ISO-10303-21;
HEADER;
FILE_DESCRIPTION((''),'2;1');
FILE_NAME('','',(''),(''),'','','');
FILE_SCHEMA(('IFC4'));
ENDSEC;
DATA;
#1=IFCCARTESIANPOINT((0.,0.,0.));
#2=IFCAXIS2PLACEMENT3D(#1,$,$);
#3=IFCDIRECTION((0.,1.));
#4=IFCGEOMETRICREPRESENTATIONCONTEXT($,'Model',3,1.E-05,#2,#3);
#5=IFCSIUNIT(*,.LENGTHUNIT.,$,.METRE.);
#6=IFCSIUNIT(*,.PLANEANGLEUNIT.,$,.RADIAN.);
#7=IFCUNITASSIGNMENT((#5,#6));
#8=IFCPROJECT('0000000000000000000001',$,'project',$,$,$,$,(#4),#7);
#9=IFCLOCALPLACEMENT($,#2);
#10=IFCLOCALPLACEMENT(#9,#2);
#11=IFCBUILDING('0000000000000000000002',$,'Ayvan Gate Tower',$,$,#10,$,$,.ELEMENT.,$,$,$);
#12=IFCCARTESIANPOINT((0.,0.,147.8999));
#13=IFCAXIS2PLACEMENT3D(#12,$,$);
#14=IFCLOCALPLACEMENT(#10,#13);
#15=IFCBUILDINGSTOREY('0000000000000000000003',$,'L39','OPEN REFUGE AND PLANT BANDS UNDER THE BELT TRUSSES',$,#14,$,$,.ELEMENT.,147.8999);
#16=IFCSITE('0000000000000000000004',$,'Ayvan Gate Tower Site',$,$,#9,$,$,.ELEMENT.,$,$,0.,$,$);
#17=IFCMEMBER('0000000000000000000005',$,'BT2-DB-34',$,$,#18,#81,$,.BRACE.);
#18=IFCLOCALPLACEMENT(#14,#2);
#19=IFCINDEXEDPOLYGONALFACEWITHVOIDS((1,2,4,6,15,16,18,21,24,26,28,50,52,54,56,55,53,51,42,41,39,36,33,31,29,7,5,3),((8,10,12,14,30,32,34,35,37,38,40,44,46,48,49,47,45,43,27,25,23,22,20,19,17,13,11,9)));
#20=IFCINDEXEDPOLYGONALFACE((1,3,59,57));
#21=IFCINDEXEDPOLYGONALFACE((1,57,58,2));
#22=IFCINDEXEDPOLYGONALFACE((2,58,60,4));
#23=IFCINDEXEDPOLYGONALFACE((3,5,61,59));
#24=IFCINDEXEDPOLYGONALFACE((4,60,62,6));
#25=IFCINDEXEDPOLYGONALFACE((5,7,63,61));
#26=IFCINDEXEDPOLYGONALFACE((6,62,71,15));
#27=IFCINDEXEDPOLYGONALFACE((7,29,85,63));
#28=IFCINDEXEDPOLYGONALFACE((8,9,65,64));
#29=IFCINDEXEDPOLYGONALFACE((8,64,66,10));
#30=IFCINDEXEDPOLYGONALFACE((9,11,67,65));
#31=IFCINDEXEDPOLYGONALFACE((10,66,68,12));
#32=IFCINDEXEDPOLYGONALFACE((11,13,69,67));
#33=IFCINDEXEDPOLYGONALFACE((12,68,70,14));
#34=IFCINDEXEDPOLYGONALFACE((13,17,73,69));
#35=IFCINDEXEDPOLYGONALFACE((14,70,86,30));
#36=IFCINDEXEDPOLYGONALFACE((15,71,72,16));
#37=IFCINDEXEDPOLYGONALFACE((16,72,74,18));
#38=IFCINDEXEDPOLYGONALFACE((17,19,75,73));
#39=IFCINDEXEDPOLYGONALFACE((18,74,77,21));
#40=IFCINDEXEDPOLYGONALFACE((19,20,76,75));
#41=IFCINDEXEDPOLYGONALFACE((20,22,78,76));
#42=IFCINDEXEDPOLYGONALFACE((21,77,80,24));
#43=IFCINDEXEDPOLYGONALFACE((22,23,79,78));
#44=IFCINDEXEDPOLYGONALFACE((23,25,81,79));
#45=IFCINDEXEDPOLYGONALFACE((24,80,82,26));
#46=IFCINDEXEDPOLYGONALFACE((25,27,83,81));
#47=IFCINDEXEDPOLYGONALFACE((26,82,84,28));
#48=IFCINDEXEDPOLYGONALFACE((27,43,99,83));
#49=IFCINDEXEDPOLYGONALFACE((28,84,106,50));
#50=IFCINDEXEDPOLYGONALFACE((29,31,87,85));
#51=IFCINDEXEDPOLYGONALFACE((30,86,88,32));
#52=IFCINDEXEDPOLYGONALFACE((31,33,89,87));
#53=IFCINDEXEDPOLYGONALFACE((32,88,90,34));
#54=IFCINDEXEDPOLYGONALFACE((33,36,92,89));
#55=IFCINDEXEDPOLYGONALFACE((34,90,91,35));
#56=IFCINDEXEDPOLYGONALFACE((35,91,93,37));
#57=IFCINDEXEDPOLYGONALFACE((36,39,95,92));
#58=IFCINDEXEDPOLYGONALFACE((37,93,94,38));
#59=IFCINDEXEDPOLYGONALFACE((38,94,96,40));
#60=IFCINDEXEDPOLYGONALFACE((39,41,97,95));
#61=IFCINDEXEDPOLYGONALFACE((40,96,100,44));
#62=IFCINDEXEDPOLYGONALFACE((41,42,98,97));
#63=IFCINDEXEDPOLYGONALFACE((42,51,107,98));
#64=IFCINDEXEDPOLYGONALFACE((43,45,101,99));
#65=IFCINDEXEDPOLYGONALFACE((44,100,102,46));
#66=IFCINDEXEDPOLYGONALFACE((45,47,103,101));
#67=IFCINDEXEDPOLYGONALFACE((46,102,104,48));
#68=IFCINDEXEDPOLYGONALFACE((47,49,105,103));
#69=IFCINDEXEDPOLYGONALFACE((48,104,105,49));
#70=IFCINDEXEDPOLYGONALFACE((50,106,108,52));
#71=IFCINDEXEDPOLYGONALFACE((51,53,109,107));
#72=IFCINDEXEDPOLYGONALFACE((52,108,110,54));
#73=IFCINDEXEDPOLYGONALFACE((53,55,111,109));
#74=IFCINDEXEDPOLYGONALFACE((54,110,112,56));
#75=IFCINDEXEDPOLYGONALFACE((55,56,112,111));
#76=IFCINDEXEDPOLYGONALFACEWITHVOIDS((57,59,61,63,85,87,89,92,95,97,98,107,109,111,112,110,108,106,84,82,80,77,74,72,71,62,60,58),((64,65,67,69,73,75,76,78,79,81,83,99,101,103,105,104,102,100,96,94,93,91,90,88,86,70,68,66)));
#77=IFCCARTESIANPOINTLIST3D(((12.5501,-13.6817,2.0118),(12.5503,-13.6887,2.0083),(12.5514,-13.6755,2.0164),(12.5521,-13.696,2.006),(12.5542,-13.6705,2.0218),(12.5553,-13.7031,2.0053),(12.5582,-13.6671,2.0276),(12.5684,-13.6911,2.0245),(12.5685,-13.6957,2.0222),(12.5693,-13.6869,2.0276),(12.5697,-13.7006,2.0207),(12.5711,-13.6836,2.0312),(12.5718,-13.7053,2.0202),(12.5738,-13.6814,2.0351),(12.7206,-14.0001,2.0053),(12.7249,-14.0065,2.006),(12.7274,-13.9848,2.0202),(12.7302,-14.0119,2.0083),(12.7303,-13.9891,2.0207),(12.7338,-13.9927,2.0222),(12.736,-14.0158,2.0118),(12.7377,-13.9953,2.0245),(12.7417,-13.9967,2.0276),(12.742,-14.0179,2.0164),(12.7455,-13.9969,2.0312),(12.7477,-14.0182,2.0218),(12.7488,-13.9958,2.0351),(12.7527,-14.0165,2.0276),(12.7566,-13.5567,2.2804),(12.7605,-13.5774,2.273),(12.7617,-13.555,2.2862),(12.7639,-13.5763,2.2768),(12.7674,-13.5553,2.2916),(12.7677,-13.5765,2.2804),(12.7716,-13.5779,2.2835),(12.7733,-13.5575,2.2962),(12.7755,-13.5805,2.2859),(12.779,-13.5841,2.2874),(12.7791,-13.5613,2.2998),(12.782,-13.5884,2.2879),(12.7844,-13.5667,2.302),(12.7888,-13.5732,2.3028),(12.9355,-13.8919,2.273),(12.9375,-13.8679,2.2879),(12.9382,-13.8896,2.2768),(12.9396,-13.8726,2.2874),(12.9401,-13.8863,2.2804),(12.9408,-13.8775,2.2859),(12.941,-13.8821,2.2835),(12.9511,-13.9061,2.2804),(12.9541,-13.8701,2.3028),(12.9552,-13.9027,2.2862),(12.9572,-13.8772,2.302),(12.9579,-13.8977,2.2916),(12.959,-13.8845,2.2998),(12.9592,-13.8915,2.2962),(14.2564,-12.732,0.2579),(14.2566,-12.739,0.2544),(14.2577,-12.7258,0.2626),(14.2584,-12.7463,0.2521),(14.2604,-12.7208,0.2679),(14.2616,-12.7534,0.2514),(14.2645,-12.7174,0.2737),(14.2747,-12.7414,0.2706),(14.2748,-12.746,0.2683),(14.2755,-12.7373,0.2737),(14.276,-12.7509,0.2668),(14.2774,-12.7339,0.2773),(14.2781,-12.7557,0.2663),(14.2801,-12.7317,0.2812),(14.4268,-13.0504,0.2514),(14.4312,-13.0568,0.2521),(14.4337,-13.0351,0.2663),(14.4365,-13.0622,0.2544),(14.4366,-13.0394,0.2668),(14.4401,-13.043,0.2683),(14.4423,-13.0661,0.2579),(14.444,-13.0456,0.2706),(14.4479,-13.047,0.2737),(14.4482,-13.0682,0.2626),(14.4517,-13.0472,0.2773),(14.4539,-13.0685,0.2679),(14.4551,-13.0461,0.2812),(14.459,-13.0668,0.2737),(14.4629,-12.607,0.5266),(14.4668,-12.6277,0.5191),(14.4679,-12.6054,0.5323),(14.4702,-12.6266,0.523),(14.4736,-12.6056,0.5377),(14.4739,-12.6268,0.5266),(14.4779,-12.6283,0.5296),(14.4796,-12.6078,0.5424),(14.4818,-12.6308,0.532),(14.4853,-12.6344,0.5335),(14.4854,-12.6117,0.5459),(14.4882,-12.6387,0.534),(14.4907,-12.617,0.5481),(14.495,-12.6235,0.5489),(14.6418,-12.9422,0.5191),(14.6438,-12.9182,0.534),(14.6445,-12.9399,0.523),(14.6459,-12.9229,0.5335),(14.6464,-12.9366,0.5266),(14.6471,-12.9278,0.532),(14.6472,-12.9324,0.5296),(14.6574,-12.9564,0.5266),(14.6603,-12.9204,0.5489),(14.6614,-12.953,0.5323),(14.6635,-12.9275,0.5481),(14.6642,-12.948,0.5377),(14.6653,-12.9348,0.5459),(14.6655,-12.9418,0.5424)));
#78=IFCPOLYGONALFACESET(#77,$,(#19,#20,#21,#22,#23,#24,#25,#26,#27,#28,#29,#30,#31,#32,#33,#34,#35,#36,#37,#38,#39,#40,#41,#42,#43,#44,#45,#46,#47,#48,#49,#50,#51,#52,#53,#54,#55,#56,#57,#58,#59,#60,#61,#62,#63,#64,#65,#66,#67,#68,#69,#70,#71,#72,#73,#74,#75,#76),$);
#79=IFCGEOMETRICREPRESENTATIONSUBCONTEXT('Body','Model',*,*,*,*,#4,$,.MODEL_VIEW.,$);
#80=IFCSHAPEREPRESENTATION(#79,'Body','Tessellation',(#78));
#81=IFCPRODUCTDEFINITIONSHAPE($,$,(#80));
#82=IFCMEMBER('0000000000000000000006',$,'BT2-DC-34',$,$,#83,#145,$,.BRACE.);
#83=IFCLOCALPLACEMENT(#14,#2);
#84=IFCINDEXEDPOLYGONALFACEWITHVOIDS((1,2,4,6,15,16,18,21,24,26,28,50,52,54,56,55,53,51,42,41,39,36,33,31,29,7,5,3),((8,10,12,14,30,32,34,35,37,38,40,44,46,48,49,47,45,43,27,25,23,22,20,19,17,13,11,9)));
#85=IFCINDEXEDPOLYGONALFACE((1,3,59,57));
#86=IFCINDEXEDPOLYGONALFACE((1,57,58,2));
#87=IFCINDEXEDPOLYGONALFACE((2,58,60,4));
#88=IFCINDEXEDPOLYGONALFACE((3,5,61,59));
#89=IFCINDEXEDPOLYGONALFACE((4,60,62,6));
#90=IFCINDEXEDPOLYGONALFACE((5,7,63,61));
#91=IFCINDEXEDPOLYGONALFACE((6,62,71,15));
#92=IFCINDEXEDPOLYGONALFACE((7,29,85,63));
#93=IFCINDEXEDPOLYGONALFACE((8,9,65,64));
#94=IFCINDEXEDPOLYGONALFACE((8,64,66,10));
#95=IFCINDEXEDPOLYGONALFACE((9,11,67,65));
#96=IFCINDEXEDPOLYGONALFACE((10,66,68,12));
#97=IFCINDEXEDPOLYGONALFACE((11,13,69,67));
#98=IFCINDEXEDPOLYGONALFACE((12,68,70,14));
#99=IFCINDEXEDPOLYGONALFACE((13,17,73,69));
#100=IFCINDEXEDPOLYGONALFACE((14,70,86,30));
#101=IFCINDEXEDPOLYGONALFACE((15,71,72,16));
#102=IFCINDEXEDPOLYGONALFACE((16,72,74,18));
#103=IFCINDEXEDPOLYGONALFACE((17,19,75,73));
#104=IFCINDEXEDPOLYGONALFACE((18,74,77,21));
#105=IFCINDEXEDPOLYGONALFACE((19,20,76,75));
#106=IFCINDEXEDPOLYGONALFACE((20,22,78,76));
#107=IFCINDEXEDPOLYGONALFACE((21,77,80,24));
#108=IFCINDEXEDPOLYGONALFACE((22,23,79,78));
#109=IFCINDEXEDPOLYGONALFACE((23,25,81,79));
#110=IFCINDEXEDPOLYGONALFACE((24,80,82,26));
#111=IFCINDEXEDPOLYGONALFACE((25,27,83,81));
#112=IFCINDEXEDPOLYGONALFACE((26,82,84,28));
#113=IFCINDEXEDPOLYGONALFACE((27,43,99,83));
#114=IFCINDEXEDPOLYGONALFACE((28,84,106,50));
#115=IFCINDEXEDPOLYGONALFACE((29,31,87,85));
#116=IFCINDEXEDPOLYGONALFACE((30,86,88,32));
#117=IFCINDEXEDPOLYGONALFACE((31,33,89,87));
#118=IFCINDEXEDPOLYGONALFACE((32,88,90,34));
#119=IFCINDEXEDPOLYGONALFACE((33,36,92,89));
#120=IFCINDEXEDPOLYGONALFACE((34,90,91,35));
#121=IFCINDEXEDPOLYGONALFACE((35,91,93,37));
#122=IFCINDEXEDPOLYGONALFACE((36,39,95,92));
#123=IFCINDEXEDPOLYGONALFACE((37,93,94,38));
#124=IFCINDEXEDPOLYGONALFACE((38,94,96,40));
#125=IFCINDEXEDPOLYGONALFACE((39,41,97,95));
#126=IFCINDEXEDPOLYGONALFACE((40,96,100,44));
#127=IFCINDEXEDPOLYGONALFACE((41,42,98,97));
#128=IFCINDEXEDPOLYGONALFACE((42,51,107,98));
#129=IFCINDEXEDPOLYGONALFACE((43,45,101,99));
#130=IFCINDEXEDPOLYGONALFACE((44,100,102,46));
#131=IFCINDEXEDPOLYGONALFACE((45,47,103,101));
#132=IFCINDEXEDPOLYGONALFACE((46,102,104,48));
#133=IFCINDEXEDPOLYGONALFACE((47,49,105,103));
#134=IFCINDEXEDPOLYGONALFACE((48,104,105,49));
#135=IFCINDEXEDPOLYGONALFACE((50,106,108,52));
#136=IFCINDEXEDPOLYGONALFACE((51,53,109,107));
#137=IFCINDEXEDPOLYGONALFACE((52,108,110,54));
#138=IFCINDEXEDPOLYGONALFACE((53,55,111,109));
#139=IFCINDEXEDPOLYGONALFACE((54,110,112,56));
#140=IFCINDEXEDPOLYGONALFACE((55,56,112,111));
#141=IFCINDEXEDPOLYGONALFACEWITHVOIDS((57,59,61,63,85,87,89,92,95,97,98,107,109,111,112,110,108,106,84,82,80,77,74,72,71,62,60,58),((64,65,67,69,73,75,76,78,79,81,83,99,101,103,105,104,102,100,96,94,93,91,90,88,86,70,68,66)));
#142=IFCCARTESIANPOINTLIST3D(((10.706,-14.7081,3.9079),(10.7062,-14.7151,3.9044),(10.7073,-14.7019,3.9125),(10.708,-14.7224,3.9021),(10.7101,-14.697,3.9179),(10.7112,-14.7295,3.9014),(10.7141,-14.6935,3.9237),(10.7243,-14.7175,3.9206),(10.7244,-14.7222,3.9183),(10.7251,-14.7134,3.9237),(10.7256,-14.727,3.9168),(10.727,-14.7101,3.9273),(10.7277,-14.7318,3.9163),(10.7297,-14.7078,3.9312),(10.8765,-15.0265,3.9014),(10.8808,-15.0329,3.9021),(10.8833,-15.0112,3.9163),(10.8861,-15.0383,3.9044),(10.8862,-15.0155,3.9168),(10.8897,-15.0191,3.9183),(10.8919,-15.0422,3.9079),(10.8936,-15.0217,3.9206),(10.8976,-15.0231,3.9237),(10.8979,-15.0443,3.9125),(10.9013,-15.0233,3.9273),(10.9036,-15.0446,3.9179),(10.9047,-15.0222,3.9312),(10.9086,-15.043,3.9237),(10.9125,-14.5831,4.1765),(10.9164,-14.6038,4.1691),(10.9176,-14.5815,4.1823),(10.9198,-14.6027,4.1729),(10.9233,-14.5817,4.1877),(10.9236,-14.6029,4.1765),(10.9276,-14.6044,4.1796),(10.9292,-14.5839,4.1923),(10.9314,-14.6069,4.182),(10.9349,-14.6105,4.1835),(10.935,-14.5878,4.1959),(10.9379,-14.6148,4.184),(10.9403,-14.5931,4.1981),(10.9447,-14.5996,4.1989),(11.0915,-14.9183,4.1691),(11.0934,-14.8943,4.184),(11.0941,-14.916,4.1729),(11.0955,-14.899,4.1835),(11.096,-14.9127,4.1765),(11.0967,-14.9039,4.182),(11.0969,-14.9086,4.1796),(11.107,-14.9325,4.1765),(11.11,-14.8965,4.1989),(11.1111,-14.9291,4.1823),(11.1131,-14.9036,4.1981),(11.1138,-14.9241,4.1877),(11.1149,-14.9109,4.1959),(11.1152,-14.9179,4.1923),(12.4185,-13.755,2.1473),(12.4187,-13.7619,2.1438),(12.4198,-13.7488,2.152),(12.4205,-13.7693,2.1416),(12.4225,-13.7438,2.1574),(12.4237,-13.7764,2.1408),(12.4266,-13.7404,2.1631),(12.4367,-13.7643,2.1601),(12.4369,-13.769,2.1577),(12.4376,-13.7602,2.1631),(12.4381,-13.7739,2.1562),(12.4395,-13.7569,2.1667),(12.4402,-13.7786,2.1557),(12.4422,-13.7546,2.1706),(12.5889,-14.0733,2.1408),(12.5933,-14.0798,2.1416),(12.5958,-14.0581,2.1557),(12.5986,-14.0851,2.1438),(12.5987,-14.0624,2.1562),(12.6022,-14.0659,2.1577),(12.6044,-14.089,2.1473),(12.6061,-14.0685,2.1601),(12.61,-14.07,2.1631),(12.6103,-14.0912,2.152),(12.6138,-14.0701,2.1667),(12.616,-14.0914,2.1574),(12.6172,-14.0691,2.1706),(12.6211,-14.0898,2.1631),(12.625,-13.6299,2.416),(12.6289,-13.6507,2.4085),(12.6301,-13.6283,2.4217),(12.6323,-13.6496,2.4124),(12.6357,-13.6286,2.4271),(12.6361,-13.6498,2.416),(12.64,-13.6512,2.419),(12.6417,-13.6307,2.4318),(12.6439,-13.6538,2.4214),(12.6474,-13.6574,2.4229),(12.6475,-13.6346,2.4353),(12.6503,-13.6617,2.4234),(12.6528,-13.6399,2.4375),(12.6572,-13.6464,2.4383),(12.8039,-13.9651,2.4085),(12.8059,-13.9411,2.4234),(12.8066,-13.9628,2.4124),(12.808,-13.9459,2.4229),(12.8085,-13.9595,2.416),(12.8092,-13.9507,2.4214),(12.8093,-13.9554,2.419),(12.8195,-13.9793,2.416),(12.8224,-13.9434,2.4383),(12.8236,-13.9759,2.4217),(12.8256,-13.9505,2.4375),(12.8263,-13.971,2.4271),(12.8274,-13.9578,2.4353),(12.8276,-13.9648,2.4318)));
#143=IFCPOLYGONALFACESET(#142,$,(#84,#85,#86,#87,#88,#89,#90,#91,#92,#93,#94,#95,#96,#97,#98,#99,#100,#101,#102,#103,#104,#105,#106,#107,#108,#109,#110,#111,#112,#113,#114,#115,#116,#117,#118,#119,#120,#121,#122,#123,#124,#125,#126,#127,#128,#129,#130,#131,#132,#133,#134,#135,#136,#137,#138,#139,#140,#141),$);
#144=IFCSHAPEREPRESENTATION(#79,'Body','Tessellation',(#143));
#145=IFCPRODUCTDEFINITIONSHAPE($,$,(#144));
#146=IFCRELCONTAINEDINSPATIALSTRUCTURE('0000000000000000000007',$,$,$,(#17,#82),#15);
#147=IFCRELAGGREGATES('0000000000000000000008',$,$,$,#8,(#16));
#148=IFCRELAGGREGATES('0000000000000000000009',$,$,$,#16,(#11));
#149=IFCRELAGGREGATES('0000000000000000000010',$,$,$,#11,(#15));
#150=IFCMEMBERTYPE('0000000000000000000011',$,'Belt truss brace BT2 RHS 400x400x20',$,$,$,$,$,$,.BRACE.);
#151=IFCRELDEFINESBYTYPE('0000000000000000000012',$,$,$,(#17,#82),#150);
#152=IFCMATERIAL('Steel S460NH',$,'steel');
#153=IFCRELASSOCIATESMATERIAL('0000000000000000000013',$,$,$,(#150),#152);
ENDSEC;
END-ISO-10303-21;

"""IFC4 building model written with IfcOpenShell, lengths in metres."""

from ifc_helpers import new_model, si_unit, direction, frame, origin, origin_2d, place, context, subcontext, project, spatial, hollow_rectangle, extrude, material, material_profile, profile_set, type_object, element, save


model = new_model("IFC4")

# Units and contexts
model_context = context("Model", 3, precision=1e-05, world=origin(), true_north=direction((0.0, 1.0)))
body_context = subcontext(model_context, "Body", "Model", "MODEL_VIEW")
ifc_project = project(units=[si_unit("LENGTHUNIT", "METRE"), si_unit("PLANEANGLEUNIT", "RADIAN")], contexts=[model_context])

# Site, building, storey
site_placement = place(None, origin())
site = spatial("IfcSite", under=ifc_project, at=site_placement, Name="Ayvan Gate Tower Site", CompositionType="ELEMENT", RefElevation=0.0)
building_placement = place(site_placement, origin())
building = spatial("IfcBuilding", under=site, at=building_placement, Name="Ayvan Gate Tower", CompositionType="ELEMENT")
storey_placement = place(building_placement, frame((0.0, 0.0, 147.8999)))
storey = spatial("IfcBuildingStorey", under=building, at=storey_placement, Name="L39", Description="OPEN REFUGE AND PLANT BANDS UNDER THE BELT TRUSSES", CompositionType="ELEMENT", Elevation=147.8999)

# Members
ifc_material_1 = material(Name="Steel S460NH", Category="steel")
ifc_material_profile_1 = material_profile(ifc_material_1, hollow_rectangle(XDim=0.3999, YDim=0.3999, WallThickness=0.02, InnerFilletRadius=0.02, OuterFilletRadius=0.03, at=origin_2d()), Name="RHS 400x400x20")
ifc_profile_set_1 = profile_set([ifc_material_profile_1], Name="Steel S460NH")
member_type_1 = type_object("IfcMemberType", Name="Belt truss brace BT2 RHS 400x400x20", PredefinedType="BRACE", material=ifc_profile_set_1)
member_1_placement = place(storey_placement, frame((14.4609, -12.8369, 0.4001), z_axis=(-0.650068, -0.36182, 0.668205), x_axis=(0.486333, -0.873774, 0.0)))
element("IfcMember", 1, at=member_1_placement, inside=storey, type_object=member_type_1, Name="BT2-DB-34", PredefinedType="BRACE", context=body_context, shape_type="SweptSolid", body=[
    extrude(hollow_rectangle(XDim=0.3999, YDim=0.3999, WallThickness=0.02, InnerFilletRadius=0.02, OuterFilletRadius=0.03, at=origin_2d()), origin(), (0.0, 0.0, 1.0), 2.6248),
])
member_2_placement = place(storey_placement, frame((12.623, -13.8599, 2.2896), z_axis=(-0.650013, -0.361798, 0.66827), x_axis=(0.486341, -0.873769, 0.0)))
element("IfcMember", 2, at=member_2_placement, inside=storey, type_object=member_type_1, Name="BT2-DC-34", PredefinedType="BRACE", context=body_context, shape_type="SweptSolid", body=[
    extrude(hollow_rectangle(XDim=0.3999, YDim=0.3999, WallThickness=0.02, InnerFilletRadius=0.02, OuterFilletRadius=0.03, at=origin_2d()), origin(), (0.0, 0.0, 1.0), 2.6345),
])

save(model, "model.ifc")
